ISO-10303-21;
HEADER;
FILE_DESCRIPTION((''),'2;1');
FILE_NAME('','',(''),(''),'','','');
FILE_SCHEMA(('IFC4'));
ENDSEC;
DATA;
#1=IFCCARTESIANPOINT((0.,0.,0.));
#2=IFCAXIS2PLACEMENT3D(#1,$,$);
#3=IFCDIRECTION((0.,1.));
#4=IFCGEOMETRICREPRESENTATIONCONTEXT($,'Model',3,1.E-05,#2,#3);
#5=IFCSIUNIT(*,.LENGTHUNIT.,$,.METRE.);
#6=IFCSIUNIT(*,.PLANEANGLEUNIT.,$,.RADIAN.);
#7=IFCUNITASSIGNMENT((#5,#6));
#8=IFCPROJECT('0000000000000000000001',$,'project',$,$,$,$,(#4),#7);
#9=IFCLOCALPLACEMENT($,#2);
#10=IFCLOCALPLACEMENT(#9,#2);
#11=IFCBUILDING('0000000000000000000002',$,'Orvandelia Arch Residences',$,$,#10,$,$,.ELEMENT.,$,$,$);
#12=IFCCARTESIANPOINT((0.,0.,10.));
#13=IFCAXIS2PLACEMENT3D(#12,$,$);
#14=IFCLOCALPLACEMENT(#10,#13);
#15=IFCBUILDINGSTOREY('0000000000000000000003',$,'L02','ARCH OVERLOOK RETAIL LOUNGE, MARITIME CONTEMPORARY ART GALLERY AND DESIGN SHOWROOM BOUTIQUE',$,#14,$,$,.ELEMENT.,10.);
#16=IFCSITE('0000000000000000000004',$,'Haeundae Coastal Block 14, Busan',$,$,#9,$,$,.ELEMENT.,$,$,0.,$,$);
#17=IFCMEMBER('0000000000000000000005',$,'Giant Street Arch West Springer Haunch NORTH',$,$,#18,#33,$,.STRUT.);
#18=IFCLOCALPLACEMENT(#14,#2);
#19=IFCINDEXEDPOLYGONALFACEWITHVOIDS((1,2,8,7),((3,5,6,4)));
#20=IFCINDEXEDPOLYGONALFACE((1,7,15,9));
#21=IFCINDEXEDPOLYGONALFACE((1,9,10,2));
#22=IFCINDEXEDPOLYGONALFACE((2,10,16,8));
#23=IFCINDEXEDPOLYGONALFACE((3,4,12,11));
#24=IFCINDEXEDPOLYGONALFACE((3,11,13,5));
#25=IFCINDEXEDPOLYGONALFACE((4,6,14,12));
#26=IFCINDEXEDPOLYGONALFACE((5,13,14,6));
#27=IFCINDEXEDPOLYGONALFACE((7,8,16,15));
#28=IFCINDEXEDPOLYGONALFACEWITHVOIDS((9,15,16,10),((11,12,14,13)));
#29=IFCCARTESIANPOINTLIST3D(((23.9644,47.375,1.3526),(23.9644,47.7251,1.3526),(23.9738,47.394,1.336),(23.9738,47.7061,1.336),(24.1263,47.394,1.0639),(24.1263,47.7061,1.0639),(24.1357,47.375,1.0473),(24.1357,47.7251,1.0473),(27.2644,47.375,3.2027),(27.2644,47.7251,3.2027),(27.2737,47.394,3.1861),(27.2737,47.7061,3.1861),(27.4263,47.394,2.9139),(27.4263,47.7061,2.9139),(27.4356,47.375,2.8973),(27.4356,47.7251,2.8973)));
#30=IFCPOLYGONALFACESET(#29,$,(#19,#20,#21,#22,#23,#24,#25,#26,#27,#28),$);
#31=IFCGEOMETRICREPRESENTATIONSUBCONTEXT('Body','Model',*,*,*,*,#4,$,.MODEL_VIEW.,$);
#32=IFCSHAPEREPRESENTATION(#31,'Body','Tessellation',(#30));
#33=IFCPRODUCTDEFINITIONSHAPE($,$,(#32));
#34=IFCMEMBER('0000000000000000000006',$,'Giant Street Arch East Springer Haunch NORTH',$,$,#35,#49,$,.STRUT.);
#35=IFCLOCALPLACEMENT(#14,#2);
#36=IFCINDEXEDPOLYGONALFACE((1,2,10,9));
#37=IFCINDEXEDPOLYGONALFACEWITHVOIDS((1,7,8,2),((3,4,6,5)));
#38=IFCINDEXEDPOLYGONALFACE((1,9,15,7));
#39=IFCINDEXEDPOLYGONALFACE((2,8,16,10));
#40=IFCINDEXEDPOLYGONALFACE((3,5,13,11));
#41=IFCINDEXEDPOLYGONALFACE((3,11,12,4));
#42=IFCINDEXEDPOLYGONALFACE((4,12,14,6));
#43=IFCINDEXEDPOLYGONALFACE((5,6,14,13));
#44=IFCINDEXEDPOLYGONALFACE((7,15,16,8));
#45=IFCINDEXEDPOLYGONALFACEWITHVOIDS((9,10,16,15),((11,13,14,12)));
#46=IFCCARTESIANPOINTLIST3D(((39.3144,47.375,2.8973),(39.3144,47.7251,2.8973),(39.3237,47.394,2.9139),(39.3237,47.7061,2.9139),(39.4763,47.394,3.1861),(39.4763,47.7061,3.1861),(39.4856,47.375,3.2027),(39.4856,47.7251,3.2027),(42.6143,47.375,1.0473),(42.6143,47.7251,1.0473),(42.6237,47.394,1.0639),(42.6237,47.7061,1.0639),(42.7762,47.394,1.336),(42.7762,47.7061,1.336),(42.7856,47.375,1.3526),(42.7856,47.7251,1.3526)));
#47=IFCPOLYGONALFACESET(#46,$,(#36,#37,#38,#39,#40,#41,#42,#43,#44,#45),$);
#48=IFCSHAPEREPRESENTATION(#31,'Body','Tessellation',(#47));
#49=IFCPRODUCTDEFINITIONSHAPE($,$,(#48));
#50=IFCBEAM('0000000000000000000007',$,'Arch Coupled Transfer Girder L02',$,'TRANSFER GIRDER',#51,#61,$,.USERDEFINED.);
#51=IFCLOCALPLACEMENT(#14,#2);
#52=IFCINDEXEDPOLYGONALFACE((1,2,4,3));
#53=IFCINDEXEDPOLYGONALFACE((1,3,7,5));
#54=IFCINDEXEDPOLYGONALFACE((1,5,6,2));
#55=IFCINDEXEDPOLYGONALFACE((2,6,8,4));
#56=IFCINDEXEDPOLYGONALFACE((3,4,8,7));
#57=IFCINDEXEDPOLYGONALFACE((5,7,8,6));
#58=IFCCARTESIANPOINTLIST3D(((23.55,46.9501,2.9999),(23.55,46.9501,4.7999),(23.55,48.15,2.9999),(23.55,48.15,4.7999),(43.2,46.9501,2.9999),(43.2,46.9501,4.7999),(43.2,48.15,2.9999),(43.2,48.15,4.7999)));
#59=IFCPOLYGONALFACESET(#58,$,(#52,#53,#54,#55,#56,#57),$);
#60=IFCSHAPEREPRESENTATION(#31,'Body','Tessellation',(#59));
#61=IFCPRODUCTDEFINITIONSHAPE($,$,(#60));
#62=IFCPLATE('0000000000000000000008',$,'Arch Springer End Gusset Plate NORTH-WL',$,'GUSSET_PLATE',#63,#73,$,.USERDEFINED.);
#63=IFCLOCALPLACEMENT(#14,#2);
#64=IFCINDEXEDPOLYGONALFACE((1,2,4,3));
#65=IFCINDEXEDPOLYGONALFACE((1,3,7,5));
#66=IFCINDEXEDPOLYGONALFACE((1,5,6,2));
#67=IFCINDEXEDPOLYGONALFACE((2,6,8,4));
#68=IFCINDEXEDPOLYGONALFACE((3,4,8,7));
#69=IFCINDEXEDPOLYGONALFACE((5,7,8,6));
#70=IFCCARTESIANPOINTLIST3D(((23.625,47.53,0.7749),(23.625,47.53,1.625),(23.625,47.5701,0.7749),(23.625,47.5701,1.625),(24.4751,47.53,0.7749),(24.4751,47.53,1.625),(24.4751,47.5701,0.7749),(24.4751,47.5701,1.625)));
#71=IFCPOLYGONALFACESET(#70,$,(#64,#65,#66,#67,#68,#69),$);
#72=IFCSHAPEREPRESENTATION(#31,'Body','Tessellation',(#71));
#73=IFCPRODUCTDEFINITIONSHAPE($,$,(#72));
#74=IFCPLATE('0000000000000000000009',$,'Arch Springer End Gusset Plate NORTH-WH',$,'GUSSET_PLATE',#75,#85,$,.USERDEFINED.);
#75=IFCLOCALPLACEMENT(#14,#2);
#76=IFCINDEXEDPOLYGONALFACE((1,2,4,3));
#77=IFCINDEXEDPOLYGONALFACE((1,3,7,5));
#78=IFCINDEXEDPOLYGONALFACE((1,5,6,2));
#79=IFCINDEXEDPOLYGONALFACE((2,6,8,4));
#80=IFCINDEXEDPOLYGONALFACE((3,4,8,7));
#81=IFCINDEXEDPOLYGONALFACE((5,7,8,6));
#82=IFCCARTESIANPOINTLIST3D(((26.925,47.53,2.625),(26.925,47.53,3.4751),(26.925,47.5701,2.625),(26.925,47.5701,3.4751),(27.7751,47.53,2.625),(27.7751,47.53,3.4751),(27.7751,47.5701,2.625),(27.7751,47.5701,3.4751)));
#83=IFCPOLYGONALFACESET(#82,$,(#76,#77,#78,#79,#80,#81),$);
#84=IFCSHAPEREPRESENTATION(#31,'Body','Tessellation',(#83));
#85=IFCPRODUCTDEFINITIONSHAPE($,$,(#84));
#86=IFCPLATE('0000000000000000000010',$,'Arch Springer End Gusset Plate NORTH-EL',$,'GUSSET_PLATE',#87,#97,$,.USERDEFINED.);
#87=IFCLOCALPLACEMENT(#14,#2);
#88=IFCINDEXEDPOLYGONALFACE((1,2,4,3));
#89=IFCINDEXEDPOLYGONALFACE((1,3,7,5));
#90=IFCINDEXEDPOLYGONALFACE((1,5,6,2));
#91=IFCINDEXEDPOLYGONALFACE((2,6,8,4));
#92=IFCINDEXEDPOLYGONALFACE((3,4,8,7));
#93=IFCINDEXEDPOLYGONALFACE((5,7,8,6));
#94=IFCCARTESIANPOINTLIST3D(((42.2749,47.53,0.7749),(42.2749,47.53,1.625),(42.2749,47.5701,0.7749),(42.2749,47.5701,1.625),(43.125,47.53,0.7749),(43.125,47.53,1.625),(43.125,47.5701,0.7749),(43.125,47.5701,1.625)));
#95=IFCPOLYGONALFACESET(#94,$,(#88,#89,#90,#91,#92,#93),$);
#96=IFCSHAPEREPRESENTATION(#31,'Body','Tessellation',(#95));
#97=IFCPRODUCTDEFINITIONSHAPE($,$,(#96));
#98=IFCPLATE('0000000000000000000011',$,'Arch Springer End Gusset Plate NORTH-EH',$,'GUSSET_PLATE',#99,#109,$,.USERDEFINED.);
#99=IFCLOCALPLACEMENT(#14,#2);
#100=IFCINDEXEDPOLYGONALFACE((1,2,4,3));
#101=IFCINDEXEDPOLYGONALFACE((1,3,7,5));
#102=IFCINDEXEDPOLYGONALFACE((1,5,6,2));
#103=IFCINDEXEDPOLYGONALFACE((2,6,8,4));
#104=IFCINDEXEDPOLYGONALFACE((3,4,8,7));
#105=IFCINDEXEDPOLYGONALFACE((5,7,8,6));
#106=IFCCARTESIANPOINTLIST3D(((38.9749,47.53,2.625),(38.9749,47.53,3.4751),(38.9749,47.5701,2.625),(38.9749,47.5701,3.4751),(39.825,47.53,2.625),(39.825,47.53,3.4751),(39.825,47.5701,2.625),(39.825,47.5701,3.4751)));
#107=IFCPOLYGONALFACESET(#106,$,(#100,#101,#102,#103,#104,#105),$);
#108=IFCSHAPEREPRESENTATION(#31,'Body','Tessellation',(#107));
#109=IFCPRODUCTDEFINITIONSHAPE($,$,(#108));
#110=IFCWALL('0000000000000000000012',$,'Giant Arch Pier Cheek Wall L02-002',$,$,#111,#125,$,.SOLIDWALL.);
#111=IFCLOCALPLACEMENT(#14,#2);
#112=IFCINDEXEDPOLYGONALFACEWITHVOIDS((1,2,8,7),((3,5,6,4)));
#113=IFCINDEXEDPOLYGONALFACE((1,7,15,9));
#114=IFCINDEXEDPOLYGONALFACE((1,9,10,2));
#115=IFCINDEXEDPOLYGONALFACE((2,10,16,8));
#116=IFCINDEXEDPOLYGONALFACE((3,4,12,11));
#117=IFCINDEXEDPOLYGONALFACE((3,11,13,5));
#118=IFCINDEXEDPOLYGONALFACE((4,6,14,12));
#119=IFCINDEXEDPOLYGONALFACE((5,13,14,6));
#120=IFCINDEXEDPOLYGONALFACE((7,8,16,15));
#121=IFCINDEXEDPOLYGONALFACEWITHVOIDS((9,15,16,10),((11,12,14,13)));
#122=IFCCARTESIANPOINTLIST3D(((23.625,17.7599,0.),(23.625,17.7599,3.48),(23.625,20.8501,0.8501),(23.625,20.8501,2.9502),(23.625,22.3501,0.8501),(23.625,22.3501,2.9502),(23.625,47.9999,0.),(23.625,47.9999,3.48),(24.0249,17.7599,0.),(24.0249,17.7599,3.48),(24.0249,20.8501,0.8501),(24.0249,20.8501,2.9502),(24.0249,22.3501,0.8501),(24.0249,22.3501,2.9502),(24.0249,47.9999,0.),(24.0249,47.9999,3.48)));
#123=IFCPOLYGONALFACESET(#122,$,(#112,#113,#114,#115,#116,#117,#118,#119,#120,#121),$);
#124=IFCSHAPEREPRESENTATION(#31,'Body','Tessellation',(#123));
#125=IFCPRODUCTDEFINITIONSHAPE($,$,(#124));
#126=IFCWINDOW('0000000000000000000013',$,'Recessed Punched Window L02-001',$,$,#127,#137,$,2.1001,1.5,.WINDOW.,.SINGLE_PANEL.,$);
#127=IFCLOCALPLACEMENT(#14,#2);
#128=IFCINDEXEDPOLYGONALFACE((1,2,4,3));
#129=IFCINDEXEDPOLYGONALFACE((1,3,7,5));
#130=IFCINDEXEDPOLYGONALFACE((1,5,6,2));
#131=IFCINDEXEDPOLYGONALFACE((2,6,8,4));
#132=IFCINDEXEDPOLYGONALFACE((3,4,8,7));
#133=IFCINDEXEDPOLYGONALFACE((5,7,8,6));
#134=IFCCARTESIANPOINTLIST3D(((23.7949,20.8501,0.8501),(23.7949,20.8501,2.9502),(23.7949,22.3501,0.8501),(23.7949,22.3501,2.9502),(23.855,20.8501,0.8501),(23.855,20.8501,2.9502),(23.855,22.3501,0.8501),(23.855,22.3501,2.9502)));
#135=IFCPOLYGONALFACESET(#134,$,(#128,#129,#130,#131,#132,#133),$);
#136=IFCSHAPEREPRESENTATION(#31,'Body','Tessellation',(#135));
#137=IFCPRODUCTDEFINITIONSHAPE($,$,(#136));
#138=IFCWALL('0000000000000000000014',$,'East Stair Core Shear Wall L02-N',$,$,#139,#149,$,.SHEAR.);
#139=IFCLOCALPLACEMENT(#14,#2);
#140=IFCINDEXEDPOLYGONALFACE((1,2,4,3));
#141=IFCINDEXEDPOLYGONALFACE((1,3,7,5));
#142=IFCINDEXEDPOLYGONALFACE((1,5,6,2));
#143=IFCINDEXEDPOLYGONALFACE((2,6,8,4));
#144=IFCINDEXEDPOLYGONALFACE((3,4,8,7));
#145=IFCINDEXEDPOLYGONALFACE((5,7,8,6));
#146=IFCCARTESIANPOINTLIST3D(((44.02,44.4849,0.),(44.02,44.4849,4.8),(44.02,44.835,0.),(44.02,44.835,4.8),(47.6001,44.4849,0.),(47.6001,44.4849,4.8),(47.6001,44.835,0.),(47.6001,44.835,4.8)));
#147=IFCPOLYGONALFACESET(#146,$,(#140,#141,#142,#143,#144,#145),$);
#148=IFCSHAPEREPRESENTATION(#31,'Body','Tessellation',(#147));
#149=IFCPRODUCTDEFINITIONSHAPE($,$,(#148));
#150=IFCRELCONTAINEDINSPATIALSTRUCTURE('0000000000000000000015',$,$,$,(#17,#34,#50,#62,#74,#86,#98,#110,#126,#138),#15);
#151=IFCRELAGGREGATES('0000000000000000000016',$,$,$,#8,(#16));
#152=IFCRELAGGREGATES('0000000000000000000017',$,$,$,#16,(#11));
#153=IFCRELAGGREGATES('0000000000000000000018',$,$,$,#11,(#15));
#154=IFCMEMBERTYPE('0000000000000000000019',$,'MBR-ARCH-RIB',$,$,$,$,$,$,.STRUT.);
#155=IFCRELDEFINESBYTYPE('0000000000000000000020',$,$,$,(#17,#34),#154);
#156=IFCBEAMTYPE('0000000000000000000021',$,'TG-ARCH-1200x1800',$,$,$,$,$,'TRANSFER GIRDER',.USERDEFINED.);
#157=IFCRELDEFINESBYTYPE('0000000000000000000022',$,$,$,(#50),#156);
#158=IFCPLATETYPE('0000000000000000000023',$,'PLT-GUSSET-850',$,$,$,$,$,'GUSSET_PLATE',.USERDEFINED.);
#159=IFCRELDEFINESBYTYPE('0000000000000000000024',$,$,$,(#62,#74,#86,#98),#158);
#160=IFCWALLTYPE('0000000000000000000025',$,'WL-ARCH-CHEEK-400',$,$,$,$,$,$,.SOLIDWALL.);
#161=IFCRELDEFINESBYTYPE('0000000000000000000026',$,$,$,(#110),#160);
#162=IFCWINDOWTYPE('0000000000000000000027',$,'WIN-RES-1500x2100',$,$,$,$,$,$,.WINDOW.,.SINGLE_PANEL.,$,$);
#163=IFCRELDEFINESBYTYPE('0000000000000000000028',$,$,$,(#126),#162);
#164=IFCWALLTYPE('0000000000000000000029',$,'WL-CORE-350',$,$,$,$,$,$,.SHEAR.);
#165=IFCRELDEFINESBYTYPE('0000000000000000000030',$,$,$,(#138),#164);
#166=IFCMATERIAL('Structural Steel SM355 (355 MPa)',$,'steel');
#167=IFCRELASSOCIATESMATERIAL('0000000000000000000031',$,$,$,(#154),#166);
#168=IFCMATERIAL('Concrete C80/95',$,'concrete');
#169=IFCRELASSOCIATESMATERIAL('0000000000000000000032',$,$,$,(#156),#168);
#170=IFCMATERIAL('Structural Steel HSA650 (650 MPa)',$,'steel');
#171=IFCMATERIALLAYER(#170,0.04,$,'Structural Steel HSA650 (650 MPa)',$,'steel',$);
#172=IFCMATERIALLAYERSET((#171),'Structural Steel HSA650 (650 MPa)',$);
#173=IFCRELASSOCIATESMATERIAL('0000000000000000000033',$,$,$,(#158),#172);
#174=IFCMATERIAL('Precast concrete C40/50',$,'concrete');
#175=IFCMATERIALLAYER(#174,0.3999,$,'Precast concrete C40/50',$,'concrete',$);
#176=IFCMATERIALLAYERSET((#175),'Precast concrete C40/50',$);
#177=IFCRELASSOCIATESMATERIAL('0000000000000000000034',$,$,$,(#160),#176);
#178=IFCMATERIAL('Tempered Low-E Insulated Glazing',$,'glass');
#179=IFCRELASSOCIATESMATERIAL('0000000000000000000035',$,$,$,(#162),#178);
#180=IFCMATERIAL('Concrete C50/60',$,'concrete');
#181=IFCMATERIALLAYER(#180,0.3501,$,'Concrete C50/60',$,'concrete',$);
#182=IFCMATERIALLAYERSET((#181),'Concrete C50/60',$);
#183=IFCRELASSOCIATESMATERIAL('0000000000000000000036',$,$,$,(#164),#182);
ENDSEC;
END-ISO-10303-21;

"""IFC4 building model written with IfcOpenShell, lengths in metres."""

from ifc_helpers import new_model, si_unit, direction, frame, frame_2d, origin, origin_2d, place, context, subcontext, project, spatial, rectangle, hollow_rectangle, extrude, material, layer, layer_set, material_profile, profile_set, type_object, element, fill, save


model = new_model("IFC4")

# Units and contexts
model_context = context("Model", 3, precision=1e-05, world=origin(), true_north=direction((0.0, 1.0)))
body_context = subcontext(model_context, "Body", "Model", "MODEL_VIEW")
ifc_project = project(units=[si_unit("LENGTHUNIT", "METRE"), si_unit("PLANEANGLEUNIT", "RADIAN")], contexts=[model_context])

# Site, building, storey
site_placement = place(None, origin())
site = spatial("IfcSite", under=ifc_project, at=site_placement, Name="Haeundae Coastal Block 14, Busan", CompositionType="ELEMENT", RefElevation=0.0)
building_placement = place(site_placement, origin())
building = spatial("IfcBuilding", under=site, at=building_placement, Name="Orvandelia Arch Residences", CompositionType="ELEMENT")
storey_placement = place(building_placement, frame((0.0, 0.0, 10.0)))
storey = spatial("IfcBuildingStorey", under=building, at=storey_placement, Name="L02", Description="ARCH OVERLOOK RETAIL LOUNGE, MARITIME CONTEMPORARY ART GALLERY AND DESIGN SHOWROOM BOUTIQUE", CompositionType="ELEMENT", Elevation=10.0)

# Shared definitions
ifc_material_1 = material(Name="Concrete C80/95", Category="concrete")

# Shared definitions
ifc_material_2 = material(Name="Structural Steel HSA650 (650 MPa)", Category="steel")

# Members
ifc_material_3 = material(Name="Structural Steel SM355 (355 MPa)", Category="steel")
ifc_material_profile_1 = material_profile(ifc_material_3, hollow_rectangle(XDim=0.3501, YDim=0.3501, WallThickness=0.019, at=origin_2d()), Name="Structural Steel SM355 (355 MPa)", Category="steel")
ifc_profile_set_1 = profile_set([ifc_material_profile_1], Name="Structural Steel SM355 (355 MPa)")
member_type = type_object("IfcMemberType", Name="MBR-ARCH-RIB", PredefinedType="STRUT", material=ifc_profile_set_1)
for number, where, z_axis, x_axis, name in (
    (1, (24.05, 47.55, 1.2), (0.872273, 0.0, 0.48902), (0.0, 1.0, 0.0), "Giant Street Arch West Springer Haunch NORTH"),
    (2, (42.7, 47.55, 1.2), (-0.872273, 0.0, 0.48902), (0.0, -1.0, 0.0), "Giant Street Arch East Springer Haunch NORTH"),
):
    element("IfcMember", number, at=place(storey_placement, frame(where, z_axis=z_axis, x_axis=x_axis)), inside=storey, type_object=member_type, Name=name, PredefinedType="STRUT", context=body_context, shape_type="SweptSolid", body=[
        extrude(hollow_rectangle(XDim=0.3501, YDim=0.3501, WallThickness=0.019, at=origin_2d()), origin(), (0.0, 0.0, 1.0), 3.7832),
    ])

# Beam
ifc_material_profile_2 = material_profile(ifc_material_1, rectangle(XDim=1.2, YDim=1.8, at=origin_2d()), Name="Concrete C80/95", Category="concrete")
ifc_profile_set_2 = profile_set([ifc_material_profile_2], Name="Concrete C80/95")
beam_type_1 = type_object("IfcBeamType", Name="TG-ARCH-1200x1800", ElementType="TRANSFER GIRDER", PredefinedType="USERDEFINED", material=ifc_profile_set_2)
beam_1_placement = place(storey_placement, frame((23.55, 47.55, 3.8999), z_axis=(1.0, 0.0, 0.0), x_axis=(0.0, 1.0, 0.0)))
element("IfcBeam", 3, at=beam_1_placement, inside=storey, type_object=beam_type_1, Name="Arch Coupled Transfer Girder L02", ObjectType="TRANSFER GIRDER", PredefinedType="USERDEFINED", context=body_context, shape_type="SweptSolid", body=[
    extrude(rectangle(XDim=1.2, YDim=1.8, at=origin_2d()), origin(), (0.0, 0.0, 1.0), 19.6499),
])

# Plates
ifc_layer_1 = layer(ifc_material_2, 0.04, Name="Structural Steel HSA650 (650 MPa)", Category="steel")
ifc_layer_set_1 = layer_set([ifc_layer_1], Name="Structural Steel HSA650 (650 MPa)")
plate_type = type_object("IfcPlateType", Name="PLT-GUSSET-850", ElementType="GUSSET_PLATE", PredefinedType="USERDEFINED", material=ifc_layer_set_1)
for number, where, z_axis, x_axis, name in (
    (4, (24.05, 47.55, 0.7749), (0.0, 0.0, 1.0), (1.0, 0.0, 0.0), "Arch Springer End Gusset Plate NORTH-WL"),
    (5, (27.3501, 47.55, 2.625), (0.0, 0.0, 1.0), (1.0, 0.0, 0.0), "Arch Springer End Gusset Plate NORTH-WH"),
    (6, (42.7, 47.55, 0.7749), (0.0, 0.0, 1.0), (1.0, 0.0, 0.0), "Arch Springer End Gusset Plate NORTH-EL"),
    (7, (39.3999, 47.55, 2.625), (0.0, 0.0, 1.0), (1.0, 0.0, 0.0), "Arch Springer End Gusset Plate NORTH-EH"),
):
    element("IfcPlate", number, at=place(storey_placement, frame(where, z_axis=z_axis, x_axis=x_axis)), inside=storey, type_object=plate_type, Name=name, ObjectType="GUSSET_PLATE", PredefinedType="USERDEFINED", context=body_context, shape_type="SweptSolid", body=[
        extrude(rectangle(XDim=0.8501, YDim=0.04, at=origin_2d()), origin(), (0.0, 0.0, 1.0), 0.8501),
    ])

# Wall, opening, window
ifc_material_4 = material(Name="Precast concrete C40/50", Category="concrete")
ifc_layer_2 = layer(ifc_material_4, 0.3999, Name="Precast concrete C40/50", Category="concrete")
ifc_layer_set_2 = layer_set([ifc_layer_2], Name="Precast concrete C40/50")
wall_type_1 = type_object("IfcWallType", Name="WL-ARCH-CHEEK-400", PredefinedType="SOLIDWALL", material=ifc_layer_set_2)
wall_1_placement = place(storey_placement, frame((23.825, 48.0, 0.0), z_axis=(0.0, 0.0, 1.0), x_axis=(0.0, -1.0, 0.0)))
wall_1 = element("IfcWall", 8, at=wall_1_placement, inside=storey, type_object=wall_type_1, Name="Giant Arch Pier Cheek Wall L02-002", PredefinedType="SOLIDWALL", context=body_context, shape_type="SweptSolid", body=[
    extrude(rectangle(XDim=30.24, YDim=0.3999, at=frame_2d((15.1201, 0.0))), origin(), (0.0, 0.0, 1.0), 3.48),
])
opening_1_placement = place(wall_1_placement, frame((25.6499, 0.0, 0.8501)))
opening_1 = element("IfcOpeningElement", 9, at=opening_1_placement, cuts=wall_1, PredefinedType="OPENING", context=body_context, shape_type="SweptSolid", body=[
    extrude(rectangle(XDim=1.5, YDim=2.1001, at=frame_2d((0.75, 1.05))), frame((0.0, 0.21, 0.0), z_axis=(0.0, -1.0, 0.0), x_axis=(1.0, 0.0, 0.0)), (0.0, 0.0, 1.0), 0.4199),
])
ifc_material_5 = material(Name="Tempered Low-E Insulated Glazing", Category="glass")
window_type = type_object("IfcWindowType", Name="WIN-RES-1500x2100", PartitioningType="SINGLE_PANEL", PredefinedType="WINDOW", material=ifc_material_5)
window_1_placement = place(opening_1_placement, origin())
window_1 = element("IfcWindow", 10, at=window_1_placement, inside=storey, type_object=window_type, Name="Recessed Punched Window L02-001", OverallHeight=2.1001, OverallWidth=1.5, PartitioningType="SINGLE_PANEL", PredefinedType="WINDOW", context=body_context, shape_type="SweptSolid", body=[
    extrude(rectangle(XDim=1.5, YDim=2.1001, at=frame_2d((0.75, 1.05))), frame((0.0, 0.03, 0.0), z_axis=(0.0, -1.0, 0.0), x_axis=(1.0, 0.0, 0.0)), (0.0, 0.0, 1.0), 0.0601),
])
fill(opening_1, window_1)

# Wall
ifc_material_6 = material(Name="Concrete C50/60", Category="concrete")
ifc_layer_3 = layer(ifc_material_6, 0.3501, Name="Concrete C50/60", Category="concrete")
ifc_layer_set_3 = layer_set([ifc_layer_3], Name="Concrete C50/60")
wall_type_2 = type_object("IfcWallType", Name="WL-CORE-350", PredefinedType="SHEAR", material=ifc_layer_set_3)
wall_2_placement = place(storey_placement, frame((44.02, 44.6599, 0.0), z_axis=(0.0, 0.0, 1.0), x_axis=(1.0, 0.0, 0.0)))
element("IfcWall", 11, at=wall_2_placement, inside=storey, type_object=wall_type_2, Name="East Stair Core Shear Wall L02-N", PredefinedType="SHEAR", context=body_context, shape_type="SweptSolid", body=[
    extrude(rectangle(XDim=3.5801, YDim=0.3501, at=frame_2d((1.79, 0.0))), origin(), (0.0, 0.0, 1.0), 4.8),
])

save(model, "model.ifc")
